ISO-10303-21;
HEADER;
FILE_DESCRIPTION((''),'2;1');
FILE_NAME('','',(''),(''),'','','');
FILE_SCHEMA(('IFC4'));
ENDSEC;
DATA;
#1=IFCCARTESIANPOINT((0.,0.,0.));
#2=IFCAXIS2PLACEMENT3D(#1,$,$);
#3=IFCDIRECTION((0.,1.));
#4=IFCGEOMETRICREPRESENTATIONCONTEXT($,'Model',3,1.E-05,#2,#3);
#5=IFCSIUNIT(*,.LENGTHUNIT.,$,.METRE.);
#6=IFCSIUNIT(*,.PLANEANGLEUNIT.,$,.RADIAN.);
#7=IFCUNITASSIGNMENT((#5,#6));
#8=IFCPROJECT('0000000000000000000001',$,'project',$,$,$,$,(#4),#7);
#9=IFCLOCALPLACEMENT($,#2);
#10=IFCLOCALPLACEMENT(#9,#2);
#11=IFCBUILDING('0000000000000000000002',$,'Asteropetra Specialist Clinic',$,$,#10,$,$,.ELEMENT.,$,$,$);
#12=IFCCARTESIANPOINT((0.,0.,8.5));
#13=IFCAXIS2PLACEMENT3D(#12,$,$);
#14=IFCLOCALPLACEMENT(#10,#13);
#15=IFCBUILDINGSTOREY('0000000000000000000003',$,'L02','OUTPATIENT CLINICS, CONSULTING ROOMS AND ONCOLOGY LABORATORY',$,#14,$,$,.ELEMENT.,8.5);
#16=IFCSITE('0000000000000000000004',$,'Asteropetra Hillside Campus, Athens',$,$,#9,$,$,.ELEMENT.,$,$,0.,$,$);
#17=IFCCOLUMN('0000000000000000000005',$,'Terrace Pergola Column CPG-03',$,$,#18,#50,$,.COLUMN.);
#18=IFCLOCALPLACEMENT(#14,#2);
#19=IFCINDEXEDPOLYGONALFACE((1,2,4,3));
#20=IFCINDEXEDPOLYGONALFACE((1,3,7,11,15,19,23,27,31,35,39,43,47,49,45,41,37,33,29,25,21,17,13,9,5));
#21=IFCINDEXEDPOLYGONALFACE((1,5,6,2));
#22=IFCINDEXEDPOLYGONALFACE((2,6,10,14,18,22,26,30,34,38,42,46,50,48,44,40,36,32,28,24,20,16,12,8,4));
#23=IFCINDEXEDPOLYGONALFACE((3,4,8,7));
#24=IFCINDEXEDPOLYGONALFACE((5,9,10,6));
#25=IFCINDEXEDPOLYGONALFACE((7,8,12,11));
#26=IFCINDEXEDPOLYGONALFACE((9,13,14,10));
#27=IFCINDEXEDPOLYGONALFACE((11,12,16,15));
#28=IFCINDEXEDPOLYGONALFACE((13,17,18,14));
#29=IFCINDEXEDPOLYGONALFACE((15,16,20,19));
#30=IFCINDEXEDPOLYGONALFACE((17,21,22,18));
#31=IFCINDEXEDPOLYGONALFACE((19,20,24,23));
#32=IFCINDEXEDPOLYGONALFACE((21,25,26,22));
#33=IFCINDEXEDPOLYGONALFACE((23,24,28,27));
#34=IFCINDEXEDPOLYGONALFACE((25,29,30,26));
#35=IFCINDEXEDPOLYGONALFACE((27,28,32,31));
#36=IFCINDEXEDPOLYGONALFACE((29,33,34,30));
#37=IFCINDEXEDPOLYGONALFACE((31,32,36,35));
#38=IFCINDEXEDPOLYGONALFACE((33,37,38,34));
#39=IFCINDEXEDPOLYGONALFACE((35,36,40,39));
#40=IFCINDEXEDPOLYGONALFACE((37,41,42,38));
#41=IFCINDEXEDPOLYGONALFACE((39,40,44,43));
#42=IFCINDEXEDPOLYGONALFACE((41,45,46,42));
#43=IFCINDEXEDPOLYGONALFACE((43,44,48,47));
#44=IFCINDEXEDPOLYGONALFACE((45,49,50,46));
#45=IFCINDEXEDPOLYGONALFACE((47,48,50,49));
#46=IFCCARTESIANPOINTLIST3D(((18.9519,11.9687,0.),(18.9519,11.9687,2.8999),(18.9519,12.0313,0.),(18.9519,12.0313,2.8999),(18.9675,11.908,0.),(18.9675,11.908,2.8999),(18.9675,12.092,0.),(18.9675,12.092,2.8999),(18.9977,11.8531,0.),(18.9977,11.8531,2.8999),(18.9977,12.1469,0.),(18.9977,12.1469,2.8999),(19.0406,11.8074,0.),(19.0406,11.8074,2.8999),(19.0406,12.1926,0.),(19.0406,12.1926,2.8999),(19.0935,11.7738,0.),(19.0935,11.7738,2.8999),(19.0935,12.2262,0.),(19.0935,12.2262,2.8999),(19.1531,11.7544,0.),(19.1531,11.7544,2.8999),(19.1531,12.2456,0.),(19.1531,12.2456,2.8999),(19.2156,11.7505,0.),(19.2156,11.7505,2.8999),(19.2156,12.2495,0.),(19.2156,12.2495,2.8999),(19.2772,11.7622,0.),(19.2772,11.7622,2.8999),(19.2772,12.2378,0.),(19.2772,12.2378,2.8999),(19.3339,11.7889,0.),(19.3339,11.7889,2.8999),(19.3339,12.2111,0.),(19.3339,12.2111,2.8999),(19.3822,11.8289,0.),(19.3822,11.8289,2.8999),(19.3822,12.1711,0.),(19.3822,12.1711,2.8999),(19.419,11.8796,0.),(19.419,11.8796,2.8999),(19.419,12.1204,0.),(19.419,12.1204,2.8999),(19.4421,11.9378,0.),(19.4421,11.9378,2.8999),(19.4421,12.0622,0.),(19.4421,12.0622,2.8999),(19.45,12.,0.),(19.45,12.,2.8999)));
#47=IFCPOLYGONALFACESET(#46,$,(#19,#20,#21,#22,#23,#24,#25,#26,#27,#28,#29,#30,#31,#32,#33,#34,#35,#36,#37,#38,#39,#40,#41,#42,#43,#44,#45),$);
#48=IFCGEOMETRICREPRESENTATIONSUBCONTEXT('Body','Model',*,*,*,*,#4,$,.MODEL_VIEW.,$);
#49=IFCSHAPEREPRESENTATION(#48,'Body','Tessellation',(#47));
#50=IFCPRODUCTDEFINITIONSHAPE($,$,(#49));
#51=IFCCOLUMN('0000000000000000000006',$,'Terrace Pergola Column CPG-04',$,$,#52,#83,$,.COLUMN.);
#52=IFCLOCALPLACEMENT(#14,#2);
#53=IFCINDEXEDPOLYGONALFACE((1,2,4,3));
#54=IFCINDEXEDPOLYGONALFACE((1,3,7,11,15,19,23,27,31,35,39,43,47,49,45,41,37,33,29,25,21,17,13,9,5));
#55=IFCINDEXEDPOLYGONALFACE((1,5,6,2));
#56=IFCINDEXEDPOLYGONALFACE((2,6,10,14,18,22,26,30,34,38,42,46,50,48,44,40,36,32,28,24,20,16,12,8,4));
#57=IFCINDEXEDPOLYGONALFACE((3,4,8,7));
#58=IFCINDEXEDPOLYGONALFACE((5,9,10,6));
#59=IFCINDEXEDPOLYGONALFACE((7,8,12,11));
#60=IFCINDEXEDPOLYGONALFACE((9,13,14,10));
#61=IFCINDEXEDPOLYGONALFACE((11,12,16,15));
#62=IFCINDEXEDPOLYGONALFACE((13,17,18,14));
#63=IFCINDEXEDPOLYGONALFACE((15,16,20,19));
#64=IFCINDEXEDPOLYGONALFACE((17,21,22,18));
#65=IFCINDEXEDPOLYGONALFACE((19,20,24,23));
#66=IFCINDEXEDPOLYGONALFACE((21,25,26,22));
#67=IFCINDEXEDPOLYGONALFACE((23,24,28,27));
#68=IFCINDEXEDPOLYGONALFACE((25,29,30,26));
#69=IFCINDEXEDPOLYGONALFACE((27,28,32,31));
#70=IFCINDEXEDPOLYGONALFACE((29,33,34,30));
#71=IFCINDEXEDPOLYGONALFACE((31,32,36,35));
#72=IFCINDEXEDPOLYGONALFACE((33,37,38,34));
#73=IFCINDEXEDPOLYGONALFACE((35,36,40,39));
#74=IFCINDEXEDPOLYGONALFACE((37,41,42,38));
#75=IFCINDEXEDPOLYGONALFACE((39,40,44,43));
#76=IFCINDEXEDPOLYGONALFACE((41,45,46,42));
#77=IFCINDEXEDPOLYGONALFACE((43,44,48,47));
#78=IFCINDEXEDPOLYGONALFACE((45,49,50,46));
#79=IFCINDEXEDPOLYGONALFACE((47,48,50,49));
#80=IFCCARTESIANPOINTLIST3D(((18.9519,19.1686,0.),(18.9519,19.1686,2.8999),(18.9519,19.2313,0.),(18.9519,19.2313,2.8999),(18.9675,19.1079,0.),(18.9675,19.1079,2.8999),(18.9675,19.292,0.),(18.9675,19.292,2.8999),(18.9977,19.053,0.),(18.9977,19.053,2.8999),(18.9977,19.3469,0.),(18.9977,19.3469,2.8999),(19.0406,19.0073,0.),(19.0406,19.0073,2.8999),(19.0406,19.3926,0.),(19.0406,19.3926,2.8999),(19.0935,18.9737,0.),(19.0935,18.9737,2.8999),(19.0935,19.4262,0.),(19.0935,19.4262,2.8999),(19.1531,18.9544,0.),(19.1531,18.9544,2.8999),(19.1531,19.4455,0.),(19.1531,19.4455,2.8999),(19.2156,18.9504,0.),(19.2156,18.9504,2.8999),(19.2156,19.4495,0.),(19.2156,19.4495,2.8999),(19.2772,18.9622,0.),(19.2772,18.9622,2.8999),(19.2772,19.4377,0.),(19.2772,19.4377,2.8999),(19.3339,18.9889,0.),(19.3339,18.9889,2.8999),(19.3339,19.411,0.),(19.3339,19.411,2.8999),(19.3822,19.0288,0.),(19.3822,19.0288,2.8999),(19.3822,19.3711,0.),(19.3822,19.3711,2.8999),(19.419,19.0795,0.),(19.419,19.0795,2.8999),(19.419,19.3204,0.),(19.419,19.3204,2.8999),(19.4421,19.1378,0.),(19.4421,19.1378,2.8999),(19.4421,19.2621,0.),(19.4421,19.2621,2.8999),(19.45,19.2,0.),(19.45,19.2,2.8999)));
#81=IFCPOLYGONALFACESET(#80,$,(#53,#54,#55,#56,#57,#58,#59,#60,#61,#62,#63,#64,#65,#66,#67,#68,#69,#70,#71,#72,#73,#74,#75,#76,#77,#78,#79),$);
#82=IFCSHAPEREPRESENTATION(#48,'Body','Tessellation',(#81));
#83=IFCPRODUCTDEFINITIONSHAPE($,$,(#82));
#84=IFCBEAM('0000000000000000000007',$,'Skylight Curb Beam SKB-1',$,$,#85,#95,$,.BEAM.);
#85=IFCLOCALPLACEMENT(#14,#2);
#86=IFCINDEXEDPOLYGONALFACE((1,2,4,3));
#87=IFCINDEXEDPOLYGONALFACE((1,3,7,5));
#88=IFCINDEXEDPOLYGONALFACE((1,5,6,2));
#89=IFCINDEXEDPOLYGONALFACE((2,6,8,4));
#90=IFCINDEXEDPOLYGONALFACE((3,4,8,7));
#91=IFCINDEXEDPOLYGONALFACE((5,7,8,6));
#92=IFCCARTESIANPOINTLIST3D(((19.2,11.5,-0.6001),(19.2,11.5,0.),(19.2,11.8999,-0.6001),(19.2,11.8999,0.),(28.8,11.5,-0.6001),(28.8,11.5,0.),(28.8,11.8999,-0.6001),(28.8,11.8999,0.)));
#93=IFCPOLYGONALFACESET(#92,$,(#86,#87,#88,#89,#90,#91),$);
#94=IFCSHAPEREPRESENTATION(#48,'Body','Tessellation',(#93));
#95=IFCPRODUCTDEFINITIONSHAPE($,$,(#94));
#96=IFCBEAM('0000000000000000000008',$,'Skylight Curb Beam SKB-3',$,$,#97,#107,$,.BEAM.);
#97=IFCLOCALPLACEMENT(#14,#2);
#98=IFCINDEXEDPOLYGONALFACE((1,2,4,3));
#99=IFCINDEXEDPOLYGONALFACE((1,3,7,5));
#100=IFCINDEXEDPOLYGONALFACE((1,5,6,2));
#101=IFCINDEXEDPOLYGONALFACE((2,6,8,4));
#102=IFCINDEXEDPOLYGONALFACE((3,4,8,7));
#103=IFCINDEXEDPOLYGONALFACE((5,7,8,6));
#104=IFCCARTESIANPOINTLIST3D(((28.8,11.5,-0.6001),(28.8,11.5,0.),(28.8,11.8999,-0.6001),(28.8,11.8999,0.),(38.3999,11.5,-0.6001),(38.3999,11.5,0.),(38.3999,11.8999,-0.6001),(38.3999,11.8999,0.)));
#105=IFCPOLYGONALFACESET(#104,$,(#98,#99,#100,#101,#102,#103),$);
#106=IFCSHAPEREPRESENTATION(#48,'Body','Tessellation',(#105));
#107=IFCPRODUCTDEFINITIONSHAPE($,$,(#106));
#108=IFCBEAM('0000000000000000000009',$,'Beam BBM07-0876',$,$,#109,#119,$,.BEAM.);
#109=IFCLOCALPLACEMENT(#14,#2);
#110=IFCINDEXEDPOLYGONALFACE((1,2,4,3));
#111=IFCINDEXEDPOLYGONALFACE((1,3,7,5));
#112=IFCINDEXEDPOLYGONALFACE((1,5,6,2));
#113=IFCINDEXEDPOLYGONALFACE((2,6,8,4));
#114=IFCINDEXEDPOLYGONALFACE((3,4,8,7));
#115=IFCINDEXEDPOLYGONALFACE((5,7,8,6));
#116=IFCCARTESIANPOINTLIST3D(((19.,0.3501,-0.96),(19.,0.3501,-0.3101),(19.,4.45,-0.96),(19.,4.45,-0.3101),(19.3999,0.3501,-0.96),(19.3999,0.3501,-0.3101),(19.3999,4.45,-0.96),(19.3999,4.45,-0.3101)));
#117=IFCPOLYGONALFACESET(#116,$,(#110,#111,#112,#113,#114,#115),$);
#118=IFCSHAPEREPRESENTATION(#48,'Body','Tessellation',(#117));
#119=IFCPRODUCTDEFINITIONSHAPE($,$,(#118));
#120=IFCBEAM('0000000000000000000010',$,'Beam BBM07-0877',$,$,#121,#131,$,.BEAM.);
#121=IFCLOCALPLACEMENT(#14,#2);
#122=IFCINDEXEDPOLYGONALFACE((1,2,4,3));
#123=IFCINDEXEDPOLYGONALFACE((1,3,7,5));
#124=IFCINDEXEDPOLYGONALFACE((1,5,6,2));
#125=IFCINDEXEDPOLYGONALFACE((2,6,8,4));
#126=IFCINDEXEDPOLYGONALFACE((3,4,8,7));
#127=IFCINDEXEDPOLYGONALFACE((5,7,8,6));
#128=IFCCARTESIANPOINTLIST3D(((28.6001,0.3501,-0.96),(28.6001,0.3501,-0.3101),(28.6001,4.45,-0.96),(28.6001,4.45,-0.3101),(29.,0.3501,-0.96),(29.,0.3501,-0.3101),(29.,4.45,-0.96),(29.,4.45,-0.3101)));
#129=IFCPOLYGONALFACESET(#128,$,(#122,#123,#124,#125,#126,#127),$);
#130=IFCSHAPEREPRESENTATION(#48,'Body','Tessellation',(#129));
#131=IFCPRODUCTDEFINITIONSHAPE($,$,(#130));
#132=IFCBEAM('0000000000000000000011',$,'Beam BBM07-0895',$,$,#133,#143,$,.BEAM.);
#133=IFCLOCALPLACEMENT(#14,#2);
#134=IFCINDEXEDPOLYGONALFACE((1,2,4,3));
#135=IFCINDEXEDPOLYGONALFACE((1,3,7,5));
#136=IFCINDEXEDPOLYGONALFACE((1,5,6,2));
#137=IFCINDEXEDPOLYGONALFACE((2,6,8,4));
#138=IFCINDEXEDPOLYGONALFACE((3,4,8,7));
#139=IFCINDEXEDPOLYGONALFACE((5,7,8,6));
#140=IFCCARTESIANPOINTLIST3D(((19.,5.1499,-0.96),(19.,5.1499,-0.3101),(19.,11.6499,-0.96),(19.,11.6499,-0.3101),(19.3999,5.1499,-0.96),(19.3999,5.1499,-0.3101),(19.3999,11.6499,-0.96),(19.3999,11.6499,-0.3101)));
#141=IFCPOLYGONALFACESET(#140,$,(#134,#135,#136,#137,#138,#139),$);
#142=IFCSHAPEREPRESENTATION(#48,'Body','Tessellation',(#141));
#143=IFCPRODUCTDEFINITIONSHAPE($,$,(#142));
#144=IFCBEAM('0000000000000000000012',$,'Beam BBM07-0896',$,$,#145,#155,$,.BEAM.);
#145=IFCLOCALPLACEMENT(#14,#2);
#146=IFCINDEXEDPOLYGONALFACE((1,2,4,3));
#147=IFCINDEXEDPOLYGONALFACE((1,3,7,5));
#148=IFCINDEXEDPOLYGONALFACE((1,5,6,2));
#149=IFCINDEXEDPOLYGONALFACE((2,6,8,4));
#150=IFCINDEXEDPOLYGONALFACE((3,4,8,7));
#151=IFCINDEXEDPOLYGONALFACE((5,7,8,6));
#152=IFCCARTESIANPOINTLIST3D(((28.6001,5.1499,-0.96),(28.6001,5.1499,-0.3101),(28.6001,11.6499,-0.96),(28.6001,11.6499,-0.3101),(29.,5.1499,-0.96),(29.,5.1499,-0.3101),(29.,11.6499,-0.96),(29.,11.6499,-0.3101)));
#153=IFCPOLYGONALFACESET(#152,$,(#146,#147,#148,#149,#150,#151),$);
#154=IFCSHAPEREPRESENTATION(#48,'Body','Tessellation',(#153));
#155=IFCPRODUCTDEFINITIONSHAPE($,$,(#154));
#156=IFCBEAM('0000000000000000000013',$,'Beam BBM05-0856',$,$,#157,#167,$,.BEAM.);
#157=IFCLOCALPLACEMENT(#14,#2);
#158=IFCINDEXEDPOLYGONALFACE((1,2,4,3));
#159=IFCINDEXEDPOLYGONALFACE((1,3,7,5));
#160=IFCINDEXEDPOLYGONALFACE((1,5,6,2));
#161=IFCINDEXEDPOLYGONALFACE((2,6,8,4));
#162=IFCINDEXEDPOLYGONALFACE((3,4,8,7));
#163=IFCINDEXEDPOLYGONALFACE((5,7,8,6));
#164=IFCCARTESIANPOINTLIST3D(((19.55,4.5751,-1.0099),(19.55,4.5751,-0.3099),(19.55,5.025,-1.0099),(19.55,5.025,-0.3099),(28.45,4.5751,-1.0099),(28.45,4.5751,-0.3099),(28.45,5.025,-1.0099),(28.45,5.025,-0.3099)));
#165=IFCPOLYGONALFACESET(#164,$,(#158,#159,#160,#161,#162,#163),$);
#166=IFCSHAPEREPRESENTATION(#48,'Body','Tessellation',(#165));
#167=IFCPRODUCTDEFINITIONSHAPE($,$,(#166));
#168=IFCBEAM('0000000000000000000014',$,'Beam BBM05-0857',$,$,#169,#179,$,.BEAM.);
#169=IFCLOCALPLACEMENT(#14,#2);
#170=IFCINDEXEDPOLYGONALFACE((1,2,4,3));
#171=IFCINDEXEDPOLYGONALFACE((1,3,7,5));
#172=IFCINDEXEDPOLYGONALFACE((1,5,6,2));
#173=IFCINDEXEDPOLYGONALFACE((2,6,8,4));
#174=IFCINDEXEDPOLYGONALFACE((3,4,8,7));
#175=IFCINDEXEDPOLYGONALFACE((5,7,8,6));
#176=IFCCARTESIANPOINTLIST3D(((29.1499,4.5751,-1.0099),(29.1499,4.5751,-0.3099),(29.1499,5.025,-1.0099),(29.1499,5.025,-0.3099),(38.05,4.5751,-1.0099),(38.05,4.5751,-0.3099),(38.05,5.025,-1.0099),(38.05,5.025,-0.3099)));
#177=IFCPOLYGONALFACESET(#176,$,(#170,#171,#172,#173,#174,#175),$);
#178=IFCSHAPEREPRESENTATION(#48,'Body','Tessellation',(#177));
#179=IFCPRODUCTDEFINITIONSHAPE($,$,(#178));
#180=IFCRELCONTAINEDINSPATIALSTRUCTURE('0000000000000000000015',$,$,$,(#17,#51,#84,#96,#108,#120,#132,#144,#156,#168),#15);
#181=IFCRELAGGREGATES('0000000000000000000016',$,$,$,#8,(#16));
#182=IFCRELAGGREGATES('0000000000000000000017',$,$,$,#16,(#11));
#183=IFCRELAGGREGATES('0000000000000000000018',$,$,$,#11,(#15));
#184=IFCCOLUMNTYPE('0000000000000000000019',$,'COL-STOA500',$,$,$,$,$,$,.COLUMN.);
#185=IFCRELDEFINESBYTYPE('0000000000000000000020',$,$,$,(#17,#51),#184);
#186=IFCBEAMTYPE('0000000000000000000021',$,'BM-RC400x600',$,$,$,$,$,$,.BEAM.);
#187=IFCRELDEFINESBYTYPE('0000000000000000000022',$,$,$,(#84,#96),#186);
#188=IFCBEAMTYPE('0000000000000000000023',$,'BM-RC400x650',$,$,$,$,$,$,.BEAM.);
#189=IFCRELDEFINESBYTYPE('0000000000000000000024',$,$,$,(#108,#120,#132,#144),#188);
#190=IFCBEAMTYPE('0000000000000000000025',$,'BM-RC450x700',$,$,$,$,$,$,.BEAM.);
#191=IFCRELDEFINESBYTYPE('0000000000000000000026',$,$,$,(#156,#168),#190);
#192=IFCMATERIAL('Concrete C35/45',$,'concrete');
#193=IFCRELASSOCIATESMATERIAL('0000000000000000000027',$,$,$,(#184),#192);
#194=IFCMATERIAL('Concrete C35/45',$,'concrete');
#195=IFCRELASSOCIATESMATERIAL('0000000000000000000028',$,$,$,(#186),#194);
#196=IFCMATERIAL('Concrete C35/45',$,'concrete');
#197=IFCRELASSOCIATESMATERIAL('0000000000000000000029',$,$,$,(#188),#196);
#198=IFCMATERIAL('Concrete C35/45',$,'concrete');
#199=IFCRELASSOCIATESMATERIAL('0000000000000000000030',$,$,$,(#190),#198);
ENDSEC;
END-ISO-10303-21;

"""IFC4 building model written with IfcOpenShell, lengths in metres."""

from ifc_helpers import new_model, si_unit, direction, frame, origin, origin_2d, place, context, subcontext, project, spatial, rectangle, circle, extrude, material, material_profile, profile_set, type_object, element, save


model = new_model("IFC4")

# Units and contexts
model_context = context("Model", 3, precision=1e-05, world=origin(), true_north=direction((0.0, 1.0)))
body_context = subcontext(model_context, "Body", "Model", "MODEL_VIEW")
ifc_project = project(units=[si_unit("LENGTHUNIT", "METRE"), si_unit("PLANEANGLEUNIT", "RADIAN")], contexts=[model_context])

# Site, building, storey
site_placement = place(None, origin())
site = spatial("IfcSite", under=ifc_project, at=site_placement, Name="Asteropetra Hillside Campus, Athens", CompositionType="ELEMENT", RefElevation=0.0)
building_placement = place(site_placement, origin())
building = spatial("IfcBuilding", under=site, at=building_placement, Name="Asteropetra Specialist Clinic", CompositionType="ELEMENT")
storey_placement = place(building_placement, frame((0.0, 0.0, 8.5)))
storey = spatial("IfcBuildingStorey", under=building, at=storey_placement, Name="L02", Description="OUTPATIENT CLINICS, CONSULTING ROOMS AND ONCOLOGY LABORATORY", CompositionType="ELEMENT", Elevation=8.5)

# Columns
ifc_material_1 = material(Name="Concrete C35/45", Category="concrete")
ifc_material_profile_1 = material_profile(ifc_material_1, circle(Radius=0.25, at=origin_2d()), Name="RCC D500")
ifc_profile_set_1 = profile_set([ifc_material_profile_1], Name="Concrete C35/45")
column_type = type_object("IfcColumnType", Name="COL-STOA500", PredefinedType="COLUMN", material=ifc_profile_set_1)
for number, where, z_axis, x_axis, name in (
    (1, (19.2, 12.0, 0.0), (0.0, 0.0, 1.0), (1.0, 0.0, 0.0), "Terrace Pergola Column CPG-03"),
    (2, (19.2, 19.2, 0.0), (0.0, 0.0, 1.0), (1.0, 0.0, 0.0), "Terrace Pergola Column CPG-04"),
):
    element("IfcColumn", number, at=place(storey_placement, frame(where, z_axis=z_axis, x_axis=x_axis)), inside=storey, type_object=column_type, Name=name, PredefinedType="COLUMN", context=body_context, shape_type="SweptSolid", body=[
        extrude(circle(Radius=0.25, at=origin_2d()), origin(), (0.0, 0.0, 1.0), 2.8999),
    ])

# Beams
ifc_material_2 = material(Name="Concrete C35/45", Category="concrete")
ifc_material_profile_2 = material_profile(ifc_material_2, rectangle(XDim=0.3999, YDim=0.6001, at=origin_2d()), Name="RCB 400x600")
ifc_profile_set_2 = profile_set([ifc_material_profile_2], Name="Concrete C35/45")
beam_type_1 = type_object("IfcBeamType", Name="BM-RC400x600", PredefinedType="BEAM", material=ifc_profile_set_2)
beam_1_placement = place(storey_placement, frame((19.2, 11.7, -0.3), z_axis=(1.0, 0.0, 0.0), x_axis=(0.0, 1.0, 0.0)))
element("IfcBeam", 3, at=beam_1_placement, inside=storey, type_object=beam_type_1, Name="Skylight Curb Beam SKB-1", PredefinedType="BEAM", context=body_context, shape_type="SweptSolid", body=[
    extrude(rectangle(XDim=0.3999, YDim=0.6001, at=origin_2d()), origin(), (0.0, 0.0, 1.0), 9.6001),
])
beam_2_placement = place(storey_placement, frame((28.8, 11.7, -0.3), z_axis=(1.0, 0.0, 0.0), x_axis=(0.0, 1.0, 0.0)))
element("IfcBeam", 4, at=beam_2_placement, inside=storey, type_object=beam_type_1, Name="Skylight Curb Beam SKB-3", PredefinedType="BEAM", context=body_context, shape_type="SweptSolid", body=[
    extrude(rectangle(XDim=0.3999, YDim=0.6001, at=origin_2d()), origin(), (0.0, 0.0, 1.0), 9.5999),
])
ifc_material_3 = material(Name="Concrete C35/45", Category="concrete")
ifc_material_profile_3 = material_profile(ifc_material_3, rectangle(XDim=0.3999, YDim=0.6499, at=origin_2d()), Name="RCB 400x650")
ifc_profile_set_3 = profile_set([ifc_material_profile_3], Name="Concrete C35/45")
beam_type_2 = type_object("IfcBeamType", Name="BM-RC400x650", PredefinedType="BEAM", material=ifc_profile_set_3)
for number, where, z_axis, x_axis, name in (
    (5, (19.2, 0.3501, -0.635), (0.0, 1.0, 0.0), (-1.0, 0.0, 0.0), "Beam BBM07-0876"),
    (6, (28.8, 0.3501, -0.635), (0.0, 1.0, 0.0), (-1.0, 0.0, 0.0), "Beam BBM07-0877"),
):
    element("IfcBeam", number, at=place(storey_placement, frame(where, z_axis=z_axis, x_axis=x_axis)), inside=storey, type_object=beam_type_2, Name=name, PredefinedType="BEAM", context=body_context, shape_type="SweptSolid", body=[
        extrude(rectangle(XDim=0.3999, YDim=0.6499, at=origin_2d()), origin(), (0.0, 0.0, 1.0), 4.0999),
    ])
for number, where, z_axis, x_axis, name in (
    (7, (19.2, 5.1499, -0.635), (0.0, 1.0, 0.0), (-1.0, 0.0, 0.0), "Beam BBM07-0895"),
    (8, (28.8, 5.1499, -0.635), (0.0, 1.0, 0.0), (-1.0, 0.0, 0.0), "Beam BBM07-0896"),
):
    element("IfcBeam", number, at=place(storey_placement, frame(where, z_axis=z_axis, x_axis=x_axis)), inside=storey, type_object=beam_type_2, Name=name, PredefinedType="BEAM", context=body_context, shape_type="SweptSolid", body=[
        extrude(rectangle(XDim=0.3999, YDim=0.6499, at=origin_2d()), origin(), (0.0, 0.0, 1.0), 6.5),
    ])
ifc_material_4 = material(Name="Concrete C35/45", Category="concrete")
ifc_material_profile_4 = material_profile(ifc_material_4, rectangle(XDim=0.45, YDim=0.7, at=origin_2d()), Name="RCB 450x700")
ifc_profile_set_4 = profile_set([ifc_material_profile_4], Name="Concrete C35/45")
beam_type_3 = type_object("IfcBeamType", Name="BM-RC450x700", PredefinedType="BEAM", material=ifc_profile_set_4)
beam_3_placement = place(storey_placement, frame((19.55, 4.8, -0.6599), z_axis=(1.0, 0.0, 0.0), x_axis=(0.0, 1.0, 0.0)))
element("IfcBeam", 9, at=beam_3_placement, inside=storey, type_object=beam_type_3, Name="Beam BBM05-0856", PredefinedType="BEAM", context=body_context, shape_type="SweptSolid", body=[
    extrude(rectangle(XDim=0.45, YDim=0.7, at=origin_2d()), origin(), (0.0, 0.0, 1.0), 8.8999),
])
beam_4_placement = place(storey_placement, frame((29.1499, 4.8, -0.6599), z_axis=(1.0, 0.0, 0.0), x_axis=(0.0, 1.0, 0.0)))
element("IfcBeam", 10, at=beam_4_placement, inside=storey, type_object=beam_type_3, Name="Beam BBM05-0857", PredefinedType="BEAM", context=body_context, shape_type="SweptSolid", body=[
    extrude(rectangle(XDim=0.45, YDim=0.7, at=origin_2d()), origin(), (0.0, 0.0, 1.0), 8.9001),
])

save(model, "model.ifc")
